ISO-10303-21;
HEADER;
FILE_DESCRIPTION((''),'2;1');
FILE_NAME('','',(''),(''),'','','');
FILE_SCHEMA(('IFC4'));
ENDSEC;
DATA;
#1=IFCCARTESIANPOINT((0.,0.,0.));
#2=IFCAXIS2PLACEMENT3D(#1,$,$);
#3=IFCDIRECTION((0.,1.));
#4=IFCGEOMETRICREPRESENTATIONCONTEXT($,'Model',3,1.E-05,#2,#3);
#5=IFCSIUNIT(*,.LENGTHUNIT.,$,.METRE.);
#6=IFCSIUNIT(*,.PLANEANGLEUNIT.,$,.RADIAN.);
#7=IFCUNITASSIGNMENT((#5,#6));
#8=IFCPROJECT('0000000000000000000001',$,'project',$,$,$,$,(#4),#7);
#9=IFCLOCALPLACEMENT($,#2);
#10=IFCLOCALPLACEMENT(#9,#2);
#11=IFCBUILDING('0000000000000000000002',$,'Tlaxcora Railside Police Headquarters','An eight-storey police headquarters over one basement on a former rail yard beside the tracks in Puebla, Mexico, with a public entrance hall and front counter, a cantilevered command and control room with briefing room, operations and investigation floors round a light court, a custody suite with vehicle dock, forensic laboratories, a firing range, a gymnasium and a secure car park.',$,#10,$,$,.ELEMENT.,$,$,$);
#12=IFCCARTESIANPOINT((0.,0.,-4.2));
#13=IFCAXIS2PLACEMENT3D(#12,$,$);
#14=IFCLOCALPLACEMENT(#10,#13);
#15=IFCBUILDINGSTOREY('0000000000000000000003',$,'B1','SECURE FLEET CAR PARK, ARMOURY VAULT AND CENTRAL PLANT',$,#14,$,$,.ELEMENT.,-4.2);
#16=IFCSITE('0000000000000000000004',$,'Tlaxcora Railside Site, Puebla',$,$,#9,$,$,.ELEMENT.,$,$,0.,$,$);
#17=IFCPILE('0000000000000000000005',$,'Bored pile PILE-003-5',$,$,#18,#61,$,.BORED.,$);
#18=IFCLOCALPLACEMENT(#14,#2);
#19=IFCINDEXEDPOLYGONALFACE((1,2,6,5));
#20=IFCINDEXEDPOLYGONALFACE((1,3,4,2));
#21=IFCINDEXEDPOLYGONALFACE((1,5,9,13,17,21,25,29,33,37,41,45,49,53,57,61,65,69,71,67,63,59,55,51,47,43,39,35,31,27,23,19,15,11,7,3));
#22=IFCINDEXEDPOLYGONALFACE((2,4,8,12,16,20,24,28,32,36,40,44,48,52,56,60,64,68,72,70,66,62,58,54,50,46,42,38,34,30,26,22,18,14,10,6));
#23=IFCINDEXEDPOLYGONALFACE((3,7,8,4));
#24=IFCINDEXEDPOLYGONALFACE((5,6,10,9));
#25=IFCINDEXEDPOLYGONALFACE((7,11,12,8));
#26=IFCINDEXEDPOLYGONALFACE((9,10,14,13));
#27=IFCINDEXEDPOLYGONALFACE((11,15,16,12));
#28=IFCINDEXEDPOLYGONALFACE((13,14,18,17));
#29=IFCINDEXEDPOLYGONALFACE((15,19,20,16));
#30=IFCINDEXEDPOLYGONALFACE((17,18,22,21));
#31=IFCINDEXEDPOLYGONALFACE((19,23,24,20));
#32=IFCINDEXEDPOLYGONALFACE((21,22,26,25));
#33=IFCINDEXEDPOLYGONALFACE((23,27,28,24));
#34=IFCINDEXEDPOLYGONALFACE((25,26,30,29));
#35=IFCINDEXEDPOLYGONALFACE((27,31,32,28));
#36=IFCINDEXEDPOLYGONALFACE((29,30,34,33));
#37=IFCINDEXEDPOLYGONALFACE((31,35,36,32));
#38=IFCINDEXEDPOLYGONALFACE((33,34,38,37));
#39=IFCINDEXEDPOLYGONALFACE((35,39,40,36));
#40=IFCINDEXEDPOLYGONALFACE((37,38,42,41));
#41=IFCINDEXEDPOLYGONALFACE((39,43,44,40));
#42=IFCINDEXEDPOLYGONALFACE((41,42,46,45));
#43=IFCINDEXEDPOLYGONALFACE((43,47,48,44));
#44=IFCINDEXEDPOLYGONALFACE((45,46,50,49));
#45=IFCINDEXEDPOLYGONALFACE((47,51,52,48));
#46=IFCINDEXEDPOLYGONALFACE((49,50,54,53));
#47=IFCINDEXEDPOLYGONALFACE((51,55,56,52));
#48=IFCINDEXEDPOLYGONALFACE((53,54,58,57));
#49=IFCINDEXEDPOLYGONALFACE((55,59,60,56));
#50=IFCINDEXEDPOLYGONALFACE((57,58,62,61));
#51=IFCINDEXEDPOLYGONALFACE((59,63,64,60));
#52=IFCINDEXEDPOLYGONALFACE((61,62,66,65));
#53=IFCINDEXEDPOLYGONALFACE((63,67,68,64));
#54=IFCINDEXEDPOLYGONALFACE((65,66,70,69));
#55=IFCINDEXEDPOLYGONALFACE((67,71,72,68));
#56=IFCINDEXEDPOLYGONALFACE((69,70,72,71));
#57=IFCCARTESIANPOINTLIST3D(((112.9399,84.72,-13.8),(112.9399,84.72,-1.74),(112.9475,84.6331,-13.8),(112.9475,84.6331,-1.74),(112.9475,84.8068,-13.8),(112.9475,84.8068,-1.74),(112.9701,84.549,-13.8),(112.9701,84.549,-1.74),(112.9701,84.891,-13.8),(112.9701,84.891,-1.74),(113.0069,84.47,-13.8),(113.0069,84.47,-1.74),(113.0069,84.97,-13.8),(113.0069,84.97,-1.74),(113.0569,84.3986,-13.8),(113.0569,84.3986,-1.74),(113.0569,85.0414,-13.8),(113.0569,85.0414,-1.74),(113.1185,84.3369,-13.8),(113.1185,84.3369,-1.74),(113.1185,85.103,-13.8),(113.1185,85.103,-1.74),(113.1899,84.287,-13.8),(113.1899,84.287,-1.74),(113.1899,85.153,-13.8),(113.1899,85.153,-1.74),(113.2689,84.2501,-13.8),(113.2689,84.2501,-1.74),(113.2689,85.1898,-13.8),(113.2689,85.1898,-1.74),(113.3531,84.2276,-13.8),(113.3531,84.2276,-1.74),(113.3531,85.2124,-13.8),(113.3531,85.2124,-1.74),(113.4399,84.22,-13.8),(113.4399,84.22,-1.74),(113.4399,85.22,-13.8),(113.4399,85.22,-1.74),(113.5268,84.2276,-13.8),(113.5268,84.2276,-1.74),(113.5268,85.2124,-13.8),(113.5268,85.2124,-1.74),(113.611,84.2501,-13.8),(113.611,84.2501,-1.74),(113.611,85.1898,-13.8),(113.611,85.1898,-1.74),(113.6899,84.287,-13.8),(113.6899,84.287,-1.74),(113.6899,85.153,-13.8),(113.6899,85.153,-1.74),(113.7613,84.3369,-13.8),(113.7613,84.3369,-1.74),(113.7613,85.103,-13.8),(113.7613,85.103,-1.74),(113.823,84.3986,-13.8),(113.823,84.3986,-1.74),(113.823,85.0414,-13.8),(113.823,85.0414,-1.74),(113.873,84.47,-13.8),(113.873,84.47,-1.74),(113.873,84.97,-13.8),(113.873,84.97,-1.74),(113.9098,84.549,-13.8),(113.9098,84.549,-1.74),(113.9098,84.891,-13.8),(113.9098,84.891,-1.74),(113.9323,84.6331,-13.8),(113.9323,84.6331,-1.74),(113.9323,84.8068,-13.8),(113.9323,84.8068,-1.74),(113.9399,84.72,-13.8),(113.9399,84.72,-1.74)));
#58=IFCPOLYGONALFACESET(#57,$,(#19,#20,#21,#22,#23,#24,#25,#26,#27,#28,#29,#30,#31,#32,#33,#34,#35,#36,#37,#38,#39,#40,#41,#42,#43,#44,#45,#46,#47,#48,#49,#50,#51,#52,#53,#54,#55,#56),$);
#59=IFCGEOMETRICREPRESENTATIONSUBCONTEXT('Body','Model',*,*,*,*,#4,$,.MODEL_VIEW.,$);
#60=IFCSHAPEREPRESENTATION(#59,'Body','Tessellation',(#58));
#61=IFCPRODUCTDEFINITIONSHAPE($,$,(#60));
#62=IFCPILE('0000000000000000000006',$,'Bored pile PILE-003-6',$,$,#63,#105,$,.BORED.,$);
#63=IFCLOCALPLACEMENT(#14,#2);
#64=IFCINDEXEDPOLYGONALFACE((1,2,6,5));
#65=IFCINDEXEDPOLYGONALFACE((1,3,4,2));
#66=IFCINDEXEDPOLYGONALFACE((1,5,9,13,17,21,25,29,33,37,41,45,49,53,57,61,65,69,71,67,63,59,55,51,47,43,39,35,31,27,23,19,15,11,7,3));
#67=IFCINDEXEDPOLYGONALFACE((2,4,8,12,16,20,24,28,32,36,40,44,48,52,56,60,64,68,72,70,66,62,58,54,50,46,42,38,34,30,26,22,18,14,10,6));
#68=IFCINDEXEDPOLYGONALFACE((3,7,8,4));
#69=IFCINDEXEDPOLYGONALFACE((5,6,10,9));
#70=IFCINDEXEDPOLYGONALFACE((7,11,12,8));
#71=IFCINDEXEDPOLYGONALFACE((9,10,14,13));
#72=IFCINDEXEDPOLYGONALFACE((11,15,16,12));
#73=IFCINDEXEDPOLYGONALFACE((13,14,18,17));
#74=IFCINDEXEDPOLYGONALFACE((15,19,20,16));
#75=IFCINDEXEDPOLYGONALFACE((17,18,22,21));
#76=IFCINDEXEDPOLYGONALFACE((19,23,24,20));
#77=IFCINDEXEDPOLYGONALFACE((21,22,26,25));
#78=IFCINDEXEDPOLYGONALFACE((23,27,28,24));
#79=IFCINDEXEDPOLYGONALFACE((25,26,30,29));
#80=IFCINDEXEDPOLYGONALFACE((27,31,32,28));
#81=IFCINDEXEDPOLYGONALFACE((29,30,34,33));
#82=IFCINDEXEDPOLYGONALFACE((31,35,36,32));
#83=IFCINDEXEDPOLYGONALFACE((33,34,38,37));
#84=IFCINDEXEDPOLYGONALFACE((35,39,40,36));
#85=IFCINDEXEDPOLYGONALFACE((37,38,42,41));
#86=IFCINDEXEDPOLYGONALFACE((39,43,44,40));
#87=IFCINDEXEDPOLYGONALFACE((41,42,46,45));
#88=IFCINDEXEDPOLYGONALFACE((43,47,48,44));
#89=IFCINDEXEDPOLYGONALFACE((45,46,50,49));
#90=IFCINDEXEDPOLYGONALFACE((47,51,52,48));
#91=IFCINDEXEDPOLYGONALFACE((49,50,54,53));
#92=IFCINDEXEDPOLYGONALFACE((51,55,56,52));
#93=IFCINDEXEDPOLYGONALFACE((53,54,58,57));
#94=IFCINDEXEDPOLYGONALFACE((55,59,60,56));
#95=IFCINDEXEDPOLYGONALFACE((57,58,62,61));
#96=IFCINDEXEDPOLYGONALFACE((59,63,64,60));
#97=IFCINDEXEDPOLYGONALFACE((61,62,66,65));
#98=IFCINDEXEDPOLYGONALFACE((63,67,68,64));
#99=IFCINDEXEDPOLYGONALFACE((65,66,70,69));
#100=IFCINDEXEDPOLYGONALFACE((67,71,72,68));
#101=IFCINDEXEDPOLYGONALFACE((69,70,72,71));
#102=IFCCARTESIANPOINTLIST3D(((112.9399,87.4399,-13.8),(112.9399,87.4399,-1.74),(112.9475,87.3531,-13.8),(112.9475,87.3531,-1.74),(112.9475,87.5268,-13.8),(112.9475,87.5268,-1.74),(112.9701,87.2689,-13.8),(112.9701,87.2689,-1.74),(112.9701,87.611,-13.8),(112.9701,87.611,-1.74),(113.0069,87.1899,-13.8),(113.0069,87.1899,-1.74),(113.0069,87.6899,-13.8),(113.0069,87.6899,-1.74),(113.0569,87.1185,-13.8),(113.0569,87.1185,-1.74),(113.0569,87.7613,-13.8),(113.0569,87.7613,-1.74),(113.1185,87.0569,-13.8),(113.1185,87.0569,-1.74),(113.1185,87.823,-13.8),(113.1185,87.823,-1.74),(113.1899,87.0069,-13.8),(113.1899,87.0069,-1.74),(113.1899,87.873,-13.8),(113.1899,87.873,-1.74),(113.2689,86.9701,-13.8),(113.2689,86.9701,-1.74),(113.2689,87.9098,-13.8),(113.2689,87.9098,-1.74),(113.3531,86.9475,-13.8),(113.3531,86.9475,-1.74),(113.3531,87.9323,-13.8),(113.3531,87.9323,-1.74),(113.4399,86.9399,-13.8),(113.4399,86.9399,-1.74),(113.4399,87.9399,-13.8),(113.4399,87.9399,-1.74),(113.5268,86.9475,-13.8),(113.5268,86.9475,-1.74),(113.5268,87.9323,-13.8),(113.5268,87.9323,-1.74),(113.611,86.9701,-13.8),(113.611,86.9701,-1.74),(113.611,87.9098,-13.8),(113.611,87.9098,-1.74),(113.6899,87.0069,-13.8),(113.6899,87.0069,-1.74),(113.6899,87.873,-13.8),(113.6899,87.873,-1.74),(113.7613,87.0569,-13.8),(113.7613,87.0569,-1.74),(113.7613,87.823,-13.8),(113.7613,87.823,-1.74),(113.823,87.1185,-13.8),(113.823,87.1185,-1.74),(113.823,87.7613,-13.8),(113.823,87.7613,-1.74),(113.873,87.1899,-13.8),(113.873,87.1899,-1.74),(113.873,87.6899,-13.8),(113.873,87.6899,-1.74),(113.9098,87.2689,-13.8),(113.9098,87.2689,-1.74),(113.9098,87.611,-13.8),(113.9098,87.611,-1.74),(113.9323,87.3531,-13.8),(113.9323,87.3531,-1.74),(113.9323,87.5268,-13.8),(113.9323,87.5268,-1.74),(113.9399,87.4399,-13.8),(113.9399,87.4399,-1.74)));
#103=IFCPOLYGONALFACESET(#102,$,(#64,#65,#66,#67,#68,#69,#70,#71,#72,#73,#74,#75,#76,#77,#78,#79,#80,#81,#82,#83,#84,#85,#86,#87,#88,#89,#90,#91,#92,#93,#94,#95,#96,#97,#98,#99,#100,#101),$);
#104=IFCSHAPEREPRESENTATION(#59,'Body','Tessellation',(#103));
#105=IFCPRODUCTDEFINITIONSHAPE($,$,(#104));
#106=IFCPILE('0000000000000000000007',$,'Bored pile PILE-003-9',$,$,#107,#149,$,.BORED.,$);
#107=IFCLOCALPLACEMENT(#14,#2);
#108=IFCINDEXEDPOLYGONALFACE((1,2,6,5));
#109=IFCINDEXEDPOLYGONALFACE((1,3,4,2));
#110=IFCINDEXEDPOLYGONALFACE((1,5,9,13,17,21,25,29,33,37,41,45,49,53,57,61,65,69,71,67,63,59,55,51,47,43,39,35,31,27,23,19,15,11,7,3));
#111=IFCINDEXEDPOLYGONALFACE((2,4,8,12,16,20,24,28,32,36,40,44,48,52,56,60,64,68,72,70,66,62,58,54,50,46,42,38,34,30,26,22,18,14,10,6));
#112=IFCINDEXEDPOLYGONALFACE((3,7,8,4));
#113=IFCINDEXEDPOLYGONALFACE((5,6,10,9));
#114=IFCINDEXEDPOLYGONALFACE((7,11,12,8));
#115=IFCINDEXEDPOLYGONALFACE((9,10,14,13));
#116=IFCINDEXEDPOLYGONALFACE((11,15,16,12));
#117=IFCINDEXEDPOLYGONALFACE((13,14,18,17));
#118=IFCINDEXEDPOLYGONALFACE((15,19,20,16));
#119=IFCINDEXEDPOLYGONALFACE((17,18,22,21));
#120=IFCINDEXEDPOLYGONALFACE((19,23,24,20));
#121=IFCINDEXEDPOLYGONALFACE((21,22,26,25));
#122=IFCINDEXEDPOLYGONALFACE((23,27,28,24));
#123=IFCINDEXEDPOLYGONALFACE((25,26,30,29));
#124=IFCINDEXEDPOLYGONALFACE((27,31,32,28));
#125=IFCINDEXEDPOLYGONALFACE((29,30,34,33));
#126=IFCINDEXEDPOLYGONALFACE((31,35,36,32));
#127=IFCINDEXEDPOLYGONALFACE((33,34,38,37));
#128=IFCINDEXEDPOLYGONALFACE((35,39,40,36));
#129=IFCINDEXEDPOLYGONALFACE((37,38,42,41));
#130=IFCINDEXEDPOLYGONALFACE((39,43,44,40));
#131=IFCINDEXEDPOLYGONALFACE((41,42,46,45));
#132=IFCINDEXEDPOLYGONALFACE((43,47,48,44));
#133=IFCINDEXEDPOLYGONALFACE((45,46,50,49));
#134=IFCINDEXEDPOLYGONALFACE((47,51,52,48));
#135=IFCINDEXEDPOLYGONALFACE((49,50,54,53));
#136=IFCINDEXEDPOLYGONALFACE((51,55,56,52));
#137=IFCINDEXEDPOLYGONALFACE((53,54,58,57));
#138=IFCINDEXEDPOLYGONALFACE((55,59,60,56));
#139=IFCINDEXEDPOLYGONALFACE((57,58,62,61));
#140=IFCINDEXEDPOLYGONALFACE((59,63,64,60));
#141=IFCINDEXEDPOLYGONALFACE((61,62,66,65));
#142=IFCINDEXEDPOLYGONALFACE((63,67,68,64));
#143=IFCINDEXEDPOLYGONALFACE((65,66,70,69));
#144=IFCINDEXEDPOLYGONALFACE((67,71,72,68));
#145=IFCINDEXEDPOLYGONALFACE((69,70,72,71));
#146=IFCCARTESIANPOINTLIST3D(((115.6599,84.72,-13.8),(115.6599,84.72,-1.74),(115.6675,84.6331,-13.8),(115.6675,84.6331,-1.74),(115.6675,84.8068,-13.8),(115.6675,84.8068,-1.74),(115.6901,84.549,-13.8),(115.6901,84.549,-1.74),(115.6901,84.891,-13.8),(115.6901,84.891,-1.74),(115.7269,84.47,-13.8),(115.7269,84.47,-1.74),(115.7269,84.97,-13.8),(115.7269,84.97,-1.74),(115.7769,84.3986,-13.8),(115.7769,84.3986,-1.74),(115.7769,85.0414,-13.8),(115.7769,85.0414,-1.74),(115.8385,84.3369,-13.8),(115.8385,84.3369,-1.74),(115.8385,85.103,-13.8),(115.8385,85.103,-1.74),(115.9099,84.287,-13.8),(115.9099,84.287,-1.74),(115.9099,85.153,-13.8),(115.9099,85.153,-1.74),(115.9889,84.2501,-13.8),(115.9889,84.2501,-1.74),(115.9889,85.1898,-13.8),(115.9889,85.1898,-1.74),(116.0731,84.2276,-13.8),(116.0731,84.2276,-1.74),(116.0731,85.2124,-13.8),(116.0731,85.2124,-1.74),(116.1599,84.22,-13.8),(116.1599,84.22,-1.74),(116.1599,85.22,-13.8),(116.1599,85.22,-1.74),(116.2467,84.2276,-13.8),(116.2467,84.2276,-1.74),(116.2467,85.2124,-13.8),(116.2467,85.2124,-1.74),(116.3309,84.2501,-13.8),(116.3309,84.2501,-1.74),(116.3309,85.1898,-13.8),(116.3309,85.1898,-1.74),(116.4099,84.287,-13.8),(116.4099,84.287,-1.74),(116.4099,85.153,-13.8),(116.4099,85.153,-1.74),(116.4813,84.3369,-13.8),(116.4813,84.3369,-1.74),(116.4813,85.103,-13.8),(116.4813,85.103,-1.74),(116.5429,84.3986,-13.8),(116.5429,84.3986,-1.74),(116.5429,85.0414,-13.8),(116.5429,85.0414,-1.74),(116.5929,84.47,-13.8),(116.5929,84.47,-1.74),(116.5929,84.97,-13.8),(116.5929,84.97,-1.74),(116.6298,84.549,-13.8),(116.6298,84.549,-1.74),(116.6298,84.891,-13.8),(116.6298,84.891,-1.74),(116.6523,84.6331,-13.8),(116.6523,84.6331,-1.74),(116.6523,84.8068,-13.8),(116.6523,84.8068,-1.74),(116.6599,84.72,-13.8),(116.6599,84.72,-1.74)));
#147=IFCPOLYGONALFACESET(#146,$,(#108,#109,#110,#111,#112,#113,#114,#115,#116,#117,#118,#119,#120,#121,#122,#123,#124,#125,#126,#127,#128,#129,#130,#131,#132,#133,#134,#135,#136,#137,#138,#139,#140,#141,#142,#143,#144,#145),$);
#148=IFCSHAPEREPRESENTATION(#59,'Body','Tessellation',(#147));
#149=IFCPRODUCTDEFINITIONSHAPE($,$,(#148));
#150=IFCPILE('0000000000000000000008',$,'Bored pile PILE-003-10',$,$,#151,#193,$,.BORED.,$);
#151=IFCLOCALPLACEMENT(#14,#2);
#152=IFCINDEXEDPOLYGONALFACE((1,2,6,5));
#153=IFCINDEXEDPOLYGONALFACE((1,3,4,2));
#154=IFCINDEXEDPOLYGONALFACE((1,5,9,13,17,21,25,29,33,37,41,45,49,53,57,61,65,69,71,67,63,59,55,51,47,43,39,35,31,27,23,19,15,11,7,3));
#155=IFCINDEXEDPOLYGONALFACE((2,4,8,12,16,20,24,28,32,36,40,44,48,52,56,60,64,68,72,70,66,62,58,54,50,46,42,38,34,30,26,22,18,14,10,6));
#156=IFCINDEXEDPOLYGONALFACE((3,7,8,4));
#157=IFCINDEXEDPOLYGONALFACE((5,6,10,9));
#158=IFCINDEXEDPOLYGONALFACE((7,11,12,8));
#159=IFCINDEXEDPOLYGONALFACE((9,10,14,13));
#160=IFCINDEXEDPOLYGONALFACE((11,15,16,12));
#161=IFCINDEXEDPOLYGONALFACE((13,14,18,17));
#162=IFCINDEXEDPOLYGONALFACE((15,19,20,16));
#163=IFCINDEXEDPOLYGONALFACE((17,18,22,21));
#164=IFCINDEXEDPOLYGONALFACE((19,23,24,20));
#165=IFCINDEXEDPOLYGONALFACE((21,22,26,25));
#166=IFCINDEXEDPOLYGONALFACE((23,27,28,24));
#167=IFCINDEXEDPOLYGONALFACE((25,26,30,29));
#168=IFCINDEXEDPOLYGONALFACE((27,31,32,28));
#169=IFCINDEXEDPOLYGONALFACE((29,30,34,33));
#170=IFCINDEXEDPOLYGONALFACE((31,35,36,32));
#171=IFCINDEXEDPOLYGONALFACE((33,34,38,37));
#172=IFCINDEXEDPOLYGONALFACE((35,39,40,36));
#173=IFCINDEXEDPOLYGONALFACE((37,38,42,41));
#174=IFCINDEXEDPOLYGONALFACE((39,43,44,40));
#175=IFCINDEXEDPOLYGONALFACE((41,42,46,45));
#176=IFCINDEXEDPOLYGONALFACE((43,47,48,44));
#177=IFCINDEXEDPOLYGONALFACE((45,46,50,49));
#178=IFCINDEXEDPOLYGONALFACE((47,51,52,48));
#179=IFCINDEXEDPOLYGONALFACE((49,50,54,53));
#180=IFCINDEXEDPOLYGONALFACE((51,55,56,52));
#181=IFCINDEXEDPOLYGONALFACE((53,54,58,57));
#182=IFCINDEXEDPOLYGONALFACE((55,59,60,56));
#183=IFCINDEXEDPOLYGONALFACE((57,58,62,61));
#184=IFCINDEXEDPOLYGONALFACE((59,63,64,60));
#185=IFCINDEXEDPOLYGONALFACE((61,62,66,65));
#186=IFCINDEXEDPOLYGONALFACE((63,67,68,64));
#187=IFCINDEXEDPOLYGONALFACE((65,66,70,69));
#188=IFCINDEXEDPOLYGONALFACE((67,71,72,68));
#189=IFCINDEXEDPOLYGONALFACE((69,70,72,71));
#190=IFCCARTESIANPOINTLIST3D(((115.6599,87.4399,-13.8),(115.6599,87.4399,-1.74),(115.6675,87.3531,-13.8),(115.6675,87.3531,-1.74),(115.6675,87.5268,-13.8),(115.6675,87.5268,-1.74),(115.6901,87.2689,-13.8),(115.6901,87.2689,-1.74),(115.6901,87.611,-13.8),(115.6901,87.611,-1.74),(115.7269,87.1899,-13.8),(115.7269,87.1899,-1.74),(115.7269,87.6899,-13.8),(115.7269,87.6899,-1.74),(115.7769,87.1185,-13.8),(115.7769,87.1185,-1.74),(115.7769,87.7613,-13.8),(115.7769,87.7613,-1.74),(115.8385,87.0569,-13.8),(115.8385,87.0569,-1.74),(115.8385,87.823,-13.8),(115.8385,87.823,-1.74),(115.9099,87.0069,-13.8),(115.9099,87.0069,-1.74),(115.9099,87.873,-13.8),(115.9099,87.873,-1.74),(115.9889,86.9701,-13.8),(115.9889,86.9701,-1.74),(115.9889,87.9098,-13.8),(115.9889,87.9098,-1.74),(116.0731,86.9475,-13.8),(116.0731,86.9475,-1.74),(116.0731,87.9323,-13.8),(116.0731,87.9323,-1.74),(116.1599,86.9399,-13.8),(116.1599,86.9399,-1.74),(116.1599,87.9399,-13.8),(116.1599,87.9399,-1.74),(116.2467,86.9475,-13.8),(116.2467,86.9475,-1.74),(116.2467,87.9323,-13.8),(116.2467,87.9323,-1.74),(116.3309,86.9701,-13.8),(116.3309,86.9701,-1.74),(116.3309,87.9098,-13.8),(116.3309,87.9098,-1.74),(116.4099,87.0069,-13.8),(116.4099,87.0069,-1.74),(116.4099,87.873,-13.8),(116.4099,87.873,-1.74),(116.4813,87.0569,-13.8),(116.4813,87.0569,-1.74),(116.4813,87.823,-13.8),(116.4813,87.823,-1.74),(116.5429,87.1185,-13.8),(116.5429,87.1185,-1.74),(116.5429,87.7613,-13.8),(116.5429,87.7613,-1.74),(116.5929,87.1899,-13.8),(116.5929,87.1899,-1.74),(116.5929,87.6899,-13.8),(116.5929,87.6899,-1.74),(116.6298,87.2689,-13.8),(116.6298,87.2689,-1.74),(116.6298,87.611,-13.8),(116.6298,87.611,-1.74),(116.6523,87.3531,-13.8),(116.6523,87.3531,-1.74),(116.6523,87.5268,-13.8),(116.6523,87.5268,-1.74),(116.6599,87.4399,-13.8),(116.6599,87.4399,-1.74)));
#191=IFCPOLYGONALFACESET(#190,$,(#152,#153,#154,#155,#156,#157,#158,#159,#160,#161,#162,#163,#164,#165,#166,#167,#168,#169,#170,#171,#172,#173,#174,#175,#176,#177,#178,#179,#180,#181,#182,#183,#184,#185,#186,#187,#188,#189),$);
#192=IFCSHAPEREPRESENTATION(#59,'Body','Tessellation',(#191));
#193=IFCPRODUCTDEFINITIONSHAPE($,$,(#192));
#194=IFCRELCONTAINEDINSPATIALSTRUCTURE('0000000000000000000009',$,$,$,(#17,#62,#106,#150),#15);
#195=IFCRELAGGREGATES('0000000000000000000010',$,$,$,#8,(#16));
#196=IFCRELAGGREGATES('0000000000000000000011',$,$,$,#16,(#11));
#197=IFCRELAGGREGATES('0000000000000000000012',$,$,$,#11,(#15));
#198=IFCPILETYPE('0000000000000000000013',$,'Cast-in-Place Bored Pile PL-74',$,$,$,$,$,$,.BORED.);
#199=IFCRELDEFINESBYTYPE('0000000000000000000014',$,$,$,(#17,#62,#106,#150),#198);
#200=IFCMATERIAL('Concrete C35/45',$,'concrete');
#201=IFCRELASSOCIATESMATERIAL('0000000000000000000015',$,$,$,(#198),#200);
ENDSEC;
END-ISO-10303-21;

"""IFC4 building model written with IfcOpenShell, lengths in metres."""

from ifc_helpers import new_model, si_unit, direction, frame, origin, origin_2d, place, context, subcontext, project, spatial, circle, extrude, material, material_profile, profile_set, type_object, element, save


model = new_model("IFC4")

# Units and contexts
model_context = context("Model", 3, precision=1e-05, world=origin(), true_north=direction((0.0, 1.0)))
body_context = subcontext(model_context, "Body", "Model", "MODEL_VIEW")
ifc_project = project(units=[si_unit("LENGTHUNIT", "METRE"), si_unit("PLANEANGLEUNIT", "RADIAN")], contexts=[model_context])

# Site, building, storey
site_placement = place(None, origin())
site = spatial("IfcSite", under=ifc_project, at=site_placement, Name="Tlaxcora Railside Site, Puebla", CompositionType="ELEMENT", RefElevation=0.0)
building_placement = place(site_placement, origin())
building = spatial("IfcBuilding", under=site, at=building_placement, Name="Tlaxcora Railside Police Headquarters", Description="An eight-storey police headquarters over one basement on a former rail yard beside the tracks in Puebla, Mexico, with a public entrance hall and front counter, a cantilevered command and control room with briefing room, operations and investigation floors round a light court, a custody suite with vehicle dock, forensic laboratories, a firing range, a gymnasium and a secure car park.", CompositionType="ELEMENT")
storey_placement = place(building_placement, frame((0.0, 0.0, -4.2)))
storey = spatial("IfcBuildingStorey", under=building, at=storey_placement, Name="B1", Description="SECURE FLEET CAR PARK, ARMOURY VAULT AND CENTRAL PLANT", CompositionType="ELEMENT", Elevation=-4.2)

# Piles
ifc_material_1 = material(Name="Concrete C35/45", Category="concrete")
ifc_material_profile_1 = material_profile(ifc_material_1, circle(Radius=0.5, at=origin_2d()), Name="PILE1000")
ifc_profile_set_1 = profile_set([ifc_material_profile_1], Name="Concrete C35/45")
pile_type = type_object("IfcPileType", Name="Cast-in-Place Bored Pile PL-74", PredefinedType="BORED", material=ifc_profile_set_1)
for number, where, z_axis, x_axis, name in (
    (1, (113.4399, 84.72, -1.74), (0.0, 0.0, -1.0), (1.0, 0.0, 0.0), "Bored pile PILE-003-5"),
    (2, (113.4399, 87.4399, -1.74), (0.0, 0.0, -1.0), (1.0, 0.0, 0.0), "Bored pile PILE-003-6"),
    (3, (116.1599, 84.72, -1.74), (0.0, 0.0, -1.0), (1.0, 0.0, 0.0), "Bored pile PILE-003-9"),
    (4, (116.1599, 87.4399, -1.74), (0.0, 0.0, -1.0), (1.0, 0.0, 0.0), "Bored pile PILE-003-10"),
):
    element("IfcPile", number, at=place(storey_placement, frame(where, z_axis=z_axis, x_axis=x_axis)), inside=storey, type_object=pile_type, Name=name, PredefinedType="BORED", context=body_context, shape_type="SweptSolid", body=[
        extrude(circle(Radius=0.5, at=origin_2d()), origin(), (0.0, 0.0, 1.0), 12.0601),
    ])

save(model, "model.ifc")
